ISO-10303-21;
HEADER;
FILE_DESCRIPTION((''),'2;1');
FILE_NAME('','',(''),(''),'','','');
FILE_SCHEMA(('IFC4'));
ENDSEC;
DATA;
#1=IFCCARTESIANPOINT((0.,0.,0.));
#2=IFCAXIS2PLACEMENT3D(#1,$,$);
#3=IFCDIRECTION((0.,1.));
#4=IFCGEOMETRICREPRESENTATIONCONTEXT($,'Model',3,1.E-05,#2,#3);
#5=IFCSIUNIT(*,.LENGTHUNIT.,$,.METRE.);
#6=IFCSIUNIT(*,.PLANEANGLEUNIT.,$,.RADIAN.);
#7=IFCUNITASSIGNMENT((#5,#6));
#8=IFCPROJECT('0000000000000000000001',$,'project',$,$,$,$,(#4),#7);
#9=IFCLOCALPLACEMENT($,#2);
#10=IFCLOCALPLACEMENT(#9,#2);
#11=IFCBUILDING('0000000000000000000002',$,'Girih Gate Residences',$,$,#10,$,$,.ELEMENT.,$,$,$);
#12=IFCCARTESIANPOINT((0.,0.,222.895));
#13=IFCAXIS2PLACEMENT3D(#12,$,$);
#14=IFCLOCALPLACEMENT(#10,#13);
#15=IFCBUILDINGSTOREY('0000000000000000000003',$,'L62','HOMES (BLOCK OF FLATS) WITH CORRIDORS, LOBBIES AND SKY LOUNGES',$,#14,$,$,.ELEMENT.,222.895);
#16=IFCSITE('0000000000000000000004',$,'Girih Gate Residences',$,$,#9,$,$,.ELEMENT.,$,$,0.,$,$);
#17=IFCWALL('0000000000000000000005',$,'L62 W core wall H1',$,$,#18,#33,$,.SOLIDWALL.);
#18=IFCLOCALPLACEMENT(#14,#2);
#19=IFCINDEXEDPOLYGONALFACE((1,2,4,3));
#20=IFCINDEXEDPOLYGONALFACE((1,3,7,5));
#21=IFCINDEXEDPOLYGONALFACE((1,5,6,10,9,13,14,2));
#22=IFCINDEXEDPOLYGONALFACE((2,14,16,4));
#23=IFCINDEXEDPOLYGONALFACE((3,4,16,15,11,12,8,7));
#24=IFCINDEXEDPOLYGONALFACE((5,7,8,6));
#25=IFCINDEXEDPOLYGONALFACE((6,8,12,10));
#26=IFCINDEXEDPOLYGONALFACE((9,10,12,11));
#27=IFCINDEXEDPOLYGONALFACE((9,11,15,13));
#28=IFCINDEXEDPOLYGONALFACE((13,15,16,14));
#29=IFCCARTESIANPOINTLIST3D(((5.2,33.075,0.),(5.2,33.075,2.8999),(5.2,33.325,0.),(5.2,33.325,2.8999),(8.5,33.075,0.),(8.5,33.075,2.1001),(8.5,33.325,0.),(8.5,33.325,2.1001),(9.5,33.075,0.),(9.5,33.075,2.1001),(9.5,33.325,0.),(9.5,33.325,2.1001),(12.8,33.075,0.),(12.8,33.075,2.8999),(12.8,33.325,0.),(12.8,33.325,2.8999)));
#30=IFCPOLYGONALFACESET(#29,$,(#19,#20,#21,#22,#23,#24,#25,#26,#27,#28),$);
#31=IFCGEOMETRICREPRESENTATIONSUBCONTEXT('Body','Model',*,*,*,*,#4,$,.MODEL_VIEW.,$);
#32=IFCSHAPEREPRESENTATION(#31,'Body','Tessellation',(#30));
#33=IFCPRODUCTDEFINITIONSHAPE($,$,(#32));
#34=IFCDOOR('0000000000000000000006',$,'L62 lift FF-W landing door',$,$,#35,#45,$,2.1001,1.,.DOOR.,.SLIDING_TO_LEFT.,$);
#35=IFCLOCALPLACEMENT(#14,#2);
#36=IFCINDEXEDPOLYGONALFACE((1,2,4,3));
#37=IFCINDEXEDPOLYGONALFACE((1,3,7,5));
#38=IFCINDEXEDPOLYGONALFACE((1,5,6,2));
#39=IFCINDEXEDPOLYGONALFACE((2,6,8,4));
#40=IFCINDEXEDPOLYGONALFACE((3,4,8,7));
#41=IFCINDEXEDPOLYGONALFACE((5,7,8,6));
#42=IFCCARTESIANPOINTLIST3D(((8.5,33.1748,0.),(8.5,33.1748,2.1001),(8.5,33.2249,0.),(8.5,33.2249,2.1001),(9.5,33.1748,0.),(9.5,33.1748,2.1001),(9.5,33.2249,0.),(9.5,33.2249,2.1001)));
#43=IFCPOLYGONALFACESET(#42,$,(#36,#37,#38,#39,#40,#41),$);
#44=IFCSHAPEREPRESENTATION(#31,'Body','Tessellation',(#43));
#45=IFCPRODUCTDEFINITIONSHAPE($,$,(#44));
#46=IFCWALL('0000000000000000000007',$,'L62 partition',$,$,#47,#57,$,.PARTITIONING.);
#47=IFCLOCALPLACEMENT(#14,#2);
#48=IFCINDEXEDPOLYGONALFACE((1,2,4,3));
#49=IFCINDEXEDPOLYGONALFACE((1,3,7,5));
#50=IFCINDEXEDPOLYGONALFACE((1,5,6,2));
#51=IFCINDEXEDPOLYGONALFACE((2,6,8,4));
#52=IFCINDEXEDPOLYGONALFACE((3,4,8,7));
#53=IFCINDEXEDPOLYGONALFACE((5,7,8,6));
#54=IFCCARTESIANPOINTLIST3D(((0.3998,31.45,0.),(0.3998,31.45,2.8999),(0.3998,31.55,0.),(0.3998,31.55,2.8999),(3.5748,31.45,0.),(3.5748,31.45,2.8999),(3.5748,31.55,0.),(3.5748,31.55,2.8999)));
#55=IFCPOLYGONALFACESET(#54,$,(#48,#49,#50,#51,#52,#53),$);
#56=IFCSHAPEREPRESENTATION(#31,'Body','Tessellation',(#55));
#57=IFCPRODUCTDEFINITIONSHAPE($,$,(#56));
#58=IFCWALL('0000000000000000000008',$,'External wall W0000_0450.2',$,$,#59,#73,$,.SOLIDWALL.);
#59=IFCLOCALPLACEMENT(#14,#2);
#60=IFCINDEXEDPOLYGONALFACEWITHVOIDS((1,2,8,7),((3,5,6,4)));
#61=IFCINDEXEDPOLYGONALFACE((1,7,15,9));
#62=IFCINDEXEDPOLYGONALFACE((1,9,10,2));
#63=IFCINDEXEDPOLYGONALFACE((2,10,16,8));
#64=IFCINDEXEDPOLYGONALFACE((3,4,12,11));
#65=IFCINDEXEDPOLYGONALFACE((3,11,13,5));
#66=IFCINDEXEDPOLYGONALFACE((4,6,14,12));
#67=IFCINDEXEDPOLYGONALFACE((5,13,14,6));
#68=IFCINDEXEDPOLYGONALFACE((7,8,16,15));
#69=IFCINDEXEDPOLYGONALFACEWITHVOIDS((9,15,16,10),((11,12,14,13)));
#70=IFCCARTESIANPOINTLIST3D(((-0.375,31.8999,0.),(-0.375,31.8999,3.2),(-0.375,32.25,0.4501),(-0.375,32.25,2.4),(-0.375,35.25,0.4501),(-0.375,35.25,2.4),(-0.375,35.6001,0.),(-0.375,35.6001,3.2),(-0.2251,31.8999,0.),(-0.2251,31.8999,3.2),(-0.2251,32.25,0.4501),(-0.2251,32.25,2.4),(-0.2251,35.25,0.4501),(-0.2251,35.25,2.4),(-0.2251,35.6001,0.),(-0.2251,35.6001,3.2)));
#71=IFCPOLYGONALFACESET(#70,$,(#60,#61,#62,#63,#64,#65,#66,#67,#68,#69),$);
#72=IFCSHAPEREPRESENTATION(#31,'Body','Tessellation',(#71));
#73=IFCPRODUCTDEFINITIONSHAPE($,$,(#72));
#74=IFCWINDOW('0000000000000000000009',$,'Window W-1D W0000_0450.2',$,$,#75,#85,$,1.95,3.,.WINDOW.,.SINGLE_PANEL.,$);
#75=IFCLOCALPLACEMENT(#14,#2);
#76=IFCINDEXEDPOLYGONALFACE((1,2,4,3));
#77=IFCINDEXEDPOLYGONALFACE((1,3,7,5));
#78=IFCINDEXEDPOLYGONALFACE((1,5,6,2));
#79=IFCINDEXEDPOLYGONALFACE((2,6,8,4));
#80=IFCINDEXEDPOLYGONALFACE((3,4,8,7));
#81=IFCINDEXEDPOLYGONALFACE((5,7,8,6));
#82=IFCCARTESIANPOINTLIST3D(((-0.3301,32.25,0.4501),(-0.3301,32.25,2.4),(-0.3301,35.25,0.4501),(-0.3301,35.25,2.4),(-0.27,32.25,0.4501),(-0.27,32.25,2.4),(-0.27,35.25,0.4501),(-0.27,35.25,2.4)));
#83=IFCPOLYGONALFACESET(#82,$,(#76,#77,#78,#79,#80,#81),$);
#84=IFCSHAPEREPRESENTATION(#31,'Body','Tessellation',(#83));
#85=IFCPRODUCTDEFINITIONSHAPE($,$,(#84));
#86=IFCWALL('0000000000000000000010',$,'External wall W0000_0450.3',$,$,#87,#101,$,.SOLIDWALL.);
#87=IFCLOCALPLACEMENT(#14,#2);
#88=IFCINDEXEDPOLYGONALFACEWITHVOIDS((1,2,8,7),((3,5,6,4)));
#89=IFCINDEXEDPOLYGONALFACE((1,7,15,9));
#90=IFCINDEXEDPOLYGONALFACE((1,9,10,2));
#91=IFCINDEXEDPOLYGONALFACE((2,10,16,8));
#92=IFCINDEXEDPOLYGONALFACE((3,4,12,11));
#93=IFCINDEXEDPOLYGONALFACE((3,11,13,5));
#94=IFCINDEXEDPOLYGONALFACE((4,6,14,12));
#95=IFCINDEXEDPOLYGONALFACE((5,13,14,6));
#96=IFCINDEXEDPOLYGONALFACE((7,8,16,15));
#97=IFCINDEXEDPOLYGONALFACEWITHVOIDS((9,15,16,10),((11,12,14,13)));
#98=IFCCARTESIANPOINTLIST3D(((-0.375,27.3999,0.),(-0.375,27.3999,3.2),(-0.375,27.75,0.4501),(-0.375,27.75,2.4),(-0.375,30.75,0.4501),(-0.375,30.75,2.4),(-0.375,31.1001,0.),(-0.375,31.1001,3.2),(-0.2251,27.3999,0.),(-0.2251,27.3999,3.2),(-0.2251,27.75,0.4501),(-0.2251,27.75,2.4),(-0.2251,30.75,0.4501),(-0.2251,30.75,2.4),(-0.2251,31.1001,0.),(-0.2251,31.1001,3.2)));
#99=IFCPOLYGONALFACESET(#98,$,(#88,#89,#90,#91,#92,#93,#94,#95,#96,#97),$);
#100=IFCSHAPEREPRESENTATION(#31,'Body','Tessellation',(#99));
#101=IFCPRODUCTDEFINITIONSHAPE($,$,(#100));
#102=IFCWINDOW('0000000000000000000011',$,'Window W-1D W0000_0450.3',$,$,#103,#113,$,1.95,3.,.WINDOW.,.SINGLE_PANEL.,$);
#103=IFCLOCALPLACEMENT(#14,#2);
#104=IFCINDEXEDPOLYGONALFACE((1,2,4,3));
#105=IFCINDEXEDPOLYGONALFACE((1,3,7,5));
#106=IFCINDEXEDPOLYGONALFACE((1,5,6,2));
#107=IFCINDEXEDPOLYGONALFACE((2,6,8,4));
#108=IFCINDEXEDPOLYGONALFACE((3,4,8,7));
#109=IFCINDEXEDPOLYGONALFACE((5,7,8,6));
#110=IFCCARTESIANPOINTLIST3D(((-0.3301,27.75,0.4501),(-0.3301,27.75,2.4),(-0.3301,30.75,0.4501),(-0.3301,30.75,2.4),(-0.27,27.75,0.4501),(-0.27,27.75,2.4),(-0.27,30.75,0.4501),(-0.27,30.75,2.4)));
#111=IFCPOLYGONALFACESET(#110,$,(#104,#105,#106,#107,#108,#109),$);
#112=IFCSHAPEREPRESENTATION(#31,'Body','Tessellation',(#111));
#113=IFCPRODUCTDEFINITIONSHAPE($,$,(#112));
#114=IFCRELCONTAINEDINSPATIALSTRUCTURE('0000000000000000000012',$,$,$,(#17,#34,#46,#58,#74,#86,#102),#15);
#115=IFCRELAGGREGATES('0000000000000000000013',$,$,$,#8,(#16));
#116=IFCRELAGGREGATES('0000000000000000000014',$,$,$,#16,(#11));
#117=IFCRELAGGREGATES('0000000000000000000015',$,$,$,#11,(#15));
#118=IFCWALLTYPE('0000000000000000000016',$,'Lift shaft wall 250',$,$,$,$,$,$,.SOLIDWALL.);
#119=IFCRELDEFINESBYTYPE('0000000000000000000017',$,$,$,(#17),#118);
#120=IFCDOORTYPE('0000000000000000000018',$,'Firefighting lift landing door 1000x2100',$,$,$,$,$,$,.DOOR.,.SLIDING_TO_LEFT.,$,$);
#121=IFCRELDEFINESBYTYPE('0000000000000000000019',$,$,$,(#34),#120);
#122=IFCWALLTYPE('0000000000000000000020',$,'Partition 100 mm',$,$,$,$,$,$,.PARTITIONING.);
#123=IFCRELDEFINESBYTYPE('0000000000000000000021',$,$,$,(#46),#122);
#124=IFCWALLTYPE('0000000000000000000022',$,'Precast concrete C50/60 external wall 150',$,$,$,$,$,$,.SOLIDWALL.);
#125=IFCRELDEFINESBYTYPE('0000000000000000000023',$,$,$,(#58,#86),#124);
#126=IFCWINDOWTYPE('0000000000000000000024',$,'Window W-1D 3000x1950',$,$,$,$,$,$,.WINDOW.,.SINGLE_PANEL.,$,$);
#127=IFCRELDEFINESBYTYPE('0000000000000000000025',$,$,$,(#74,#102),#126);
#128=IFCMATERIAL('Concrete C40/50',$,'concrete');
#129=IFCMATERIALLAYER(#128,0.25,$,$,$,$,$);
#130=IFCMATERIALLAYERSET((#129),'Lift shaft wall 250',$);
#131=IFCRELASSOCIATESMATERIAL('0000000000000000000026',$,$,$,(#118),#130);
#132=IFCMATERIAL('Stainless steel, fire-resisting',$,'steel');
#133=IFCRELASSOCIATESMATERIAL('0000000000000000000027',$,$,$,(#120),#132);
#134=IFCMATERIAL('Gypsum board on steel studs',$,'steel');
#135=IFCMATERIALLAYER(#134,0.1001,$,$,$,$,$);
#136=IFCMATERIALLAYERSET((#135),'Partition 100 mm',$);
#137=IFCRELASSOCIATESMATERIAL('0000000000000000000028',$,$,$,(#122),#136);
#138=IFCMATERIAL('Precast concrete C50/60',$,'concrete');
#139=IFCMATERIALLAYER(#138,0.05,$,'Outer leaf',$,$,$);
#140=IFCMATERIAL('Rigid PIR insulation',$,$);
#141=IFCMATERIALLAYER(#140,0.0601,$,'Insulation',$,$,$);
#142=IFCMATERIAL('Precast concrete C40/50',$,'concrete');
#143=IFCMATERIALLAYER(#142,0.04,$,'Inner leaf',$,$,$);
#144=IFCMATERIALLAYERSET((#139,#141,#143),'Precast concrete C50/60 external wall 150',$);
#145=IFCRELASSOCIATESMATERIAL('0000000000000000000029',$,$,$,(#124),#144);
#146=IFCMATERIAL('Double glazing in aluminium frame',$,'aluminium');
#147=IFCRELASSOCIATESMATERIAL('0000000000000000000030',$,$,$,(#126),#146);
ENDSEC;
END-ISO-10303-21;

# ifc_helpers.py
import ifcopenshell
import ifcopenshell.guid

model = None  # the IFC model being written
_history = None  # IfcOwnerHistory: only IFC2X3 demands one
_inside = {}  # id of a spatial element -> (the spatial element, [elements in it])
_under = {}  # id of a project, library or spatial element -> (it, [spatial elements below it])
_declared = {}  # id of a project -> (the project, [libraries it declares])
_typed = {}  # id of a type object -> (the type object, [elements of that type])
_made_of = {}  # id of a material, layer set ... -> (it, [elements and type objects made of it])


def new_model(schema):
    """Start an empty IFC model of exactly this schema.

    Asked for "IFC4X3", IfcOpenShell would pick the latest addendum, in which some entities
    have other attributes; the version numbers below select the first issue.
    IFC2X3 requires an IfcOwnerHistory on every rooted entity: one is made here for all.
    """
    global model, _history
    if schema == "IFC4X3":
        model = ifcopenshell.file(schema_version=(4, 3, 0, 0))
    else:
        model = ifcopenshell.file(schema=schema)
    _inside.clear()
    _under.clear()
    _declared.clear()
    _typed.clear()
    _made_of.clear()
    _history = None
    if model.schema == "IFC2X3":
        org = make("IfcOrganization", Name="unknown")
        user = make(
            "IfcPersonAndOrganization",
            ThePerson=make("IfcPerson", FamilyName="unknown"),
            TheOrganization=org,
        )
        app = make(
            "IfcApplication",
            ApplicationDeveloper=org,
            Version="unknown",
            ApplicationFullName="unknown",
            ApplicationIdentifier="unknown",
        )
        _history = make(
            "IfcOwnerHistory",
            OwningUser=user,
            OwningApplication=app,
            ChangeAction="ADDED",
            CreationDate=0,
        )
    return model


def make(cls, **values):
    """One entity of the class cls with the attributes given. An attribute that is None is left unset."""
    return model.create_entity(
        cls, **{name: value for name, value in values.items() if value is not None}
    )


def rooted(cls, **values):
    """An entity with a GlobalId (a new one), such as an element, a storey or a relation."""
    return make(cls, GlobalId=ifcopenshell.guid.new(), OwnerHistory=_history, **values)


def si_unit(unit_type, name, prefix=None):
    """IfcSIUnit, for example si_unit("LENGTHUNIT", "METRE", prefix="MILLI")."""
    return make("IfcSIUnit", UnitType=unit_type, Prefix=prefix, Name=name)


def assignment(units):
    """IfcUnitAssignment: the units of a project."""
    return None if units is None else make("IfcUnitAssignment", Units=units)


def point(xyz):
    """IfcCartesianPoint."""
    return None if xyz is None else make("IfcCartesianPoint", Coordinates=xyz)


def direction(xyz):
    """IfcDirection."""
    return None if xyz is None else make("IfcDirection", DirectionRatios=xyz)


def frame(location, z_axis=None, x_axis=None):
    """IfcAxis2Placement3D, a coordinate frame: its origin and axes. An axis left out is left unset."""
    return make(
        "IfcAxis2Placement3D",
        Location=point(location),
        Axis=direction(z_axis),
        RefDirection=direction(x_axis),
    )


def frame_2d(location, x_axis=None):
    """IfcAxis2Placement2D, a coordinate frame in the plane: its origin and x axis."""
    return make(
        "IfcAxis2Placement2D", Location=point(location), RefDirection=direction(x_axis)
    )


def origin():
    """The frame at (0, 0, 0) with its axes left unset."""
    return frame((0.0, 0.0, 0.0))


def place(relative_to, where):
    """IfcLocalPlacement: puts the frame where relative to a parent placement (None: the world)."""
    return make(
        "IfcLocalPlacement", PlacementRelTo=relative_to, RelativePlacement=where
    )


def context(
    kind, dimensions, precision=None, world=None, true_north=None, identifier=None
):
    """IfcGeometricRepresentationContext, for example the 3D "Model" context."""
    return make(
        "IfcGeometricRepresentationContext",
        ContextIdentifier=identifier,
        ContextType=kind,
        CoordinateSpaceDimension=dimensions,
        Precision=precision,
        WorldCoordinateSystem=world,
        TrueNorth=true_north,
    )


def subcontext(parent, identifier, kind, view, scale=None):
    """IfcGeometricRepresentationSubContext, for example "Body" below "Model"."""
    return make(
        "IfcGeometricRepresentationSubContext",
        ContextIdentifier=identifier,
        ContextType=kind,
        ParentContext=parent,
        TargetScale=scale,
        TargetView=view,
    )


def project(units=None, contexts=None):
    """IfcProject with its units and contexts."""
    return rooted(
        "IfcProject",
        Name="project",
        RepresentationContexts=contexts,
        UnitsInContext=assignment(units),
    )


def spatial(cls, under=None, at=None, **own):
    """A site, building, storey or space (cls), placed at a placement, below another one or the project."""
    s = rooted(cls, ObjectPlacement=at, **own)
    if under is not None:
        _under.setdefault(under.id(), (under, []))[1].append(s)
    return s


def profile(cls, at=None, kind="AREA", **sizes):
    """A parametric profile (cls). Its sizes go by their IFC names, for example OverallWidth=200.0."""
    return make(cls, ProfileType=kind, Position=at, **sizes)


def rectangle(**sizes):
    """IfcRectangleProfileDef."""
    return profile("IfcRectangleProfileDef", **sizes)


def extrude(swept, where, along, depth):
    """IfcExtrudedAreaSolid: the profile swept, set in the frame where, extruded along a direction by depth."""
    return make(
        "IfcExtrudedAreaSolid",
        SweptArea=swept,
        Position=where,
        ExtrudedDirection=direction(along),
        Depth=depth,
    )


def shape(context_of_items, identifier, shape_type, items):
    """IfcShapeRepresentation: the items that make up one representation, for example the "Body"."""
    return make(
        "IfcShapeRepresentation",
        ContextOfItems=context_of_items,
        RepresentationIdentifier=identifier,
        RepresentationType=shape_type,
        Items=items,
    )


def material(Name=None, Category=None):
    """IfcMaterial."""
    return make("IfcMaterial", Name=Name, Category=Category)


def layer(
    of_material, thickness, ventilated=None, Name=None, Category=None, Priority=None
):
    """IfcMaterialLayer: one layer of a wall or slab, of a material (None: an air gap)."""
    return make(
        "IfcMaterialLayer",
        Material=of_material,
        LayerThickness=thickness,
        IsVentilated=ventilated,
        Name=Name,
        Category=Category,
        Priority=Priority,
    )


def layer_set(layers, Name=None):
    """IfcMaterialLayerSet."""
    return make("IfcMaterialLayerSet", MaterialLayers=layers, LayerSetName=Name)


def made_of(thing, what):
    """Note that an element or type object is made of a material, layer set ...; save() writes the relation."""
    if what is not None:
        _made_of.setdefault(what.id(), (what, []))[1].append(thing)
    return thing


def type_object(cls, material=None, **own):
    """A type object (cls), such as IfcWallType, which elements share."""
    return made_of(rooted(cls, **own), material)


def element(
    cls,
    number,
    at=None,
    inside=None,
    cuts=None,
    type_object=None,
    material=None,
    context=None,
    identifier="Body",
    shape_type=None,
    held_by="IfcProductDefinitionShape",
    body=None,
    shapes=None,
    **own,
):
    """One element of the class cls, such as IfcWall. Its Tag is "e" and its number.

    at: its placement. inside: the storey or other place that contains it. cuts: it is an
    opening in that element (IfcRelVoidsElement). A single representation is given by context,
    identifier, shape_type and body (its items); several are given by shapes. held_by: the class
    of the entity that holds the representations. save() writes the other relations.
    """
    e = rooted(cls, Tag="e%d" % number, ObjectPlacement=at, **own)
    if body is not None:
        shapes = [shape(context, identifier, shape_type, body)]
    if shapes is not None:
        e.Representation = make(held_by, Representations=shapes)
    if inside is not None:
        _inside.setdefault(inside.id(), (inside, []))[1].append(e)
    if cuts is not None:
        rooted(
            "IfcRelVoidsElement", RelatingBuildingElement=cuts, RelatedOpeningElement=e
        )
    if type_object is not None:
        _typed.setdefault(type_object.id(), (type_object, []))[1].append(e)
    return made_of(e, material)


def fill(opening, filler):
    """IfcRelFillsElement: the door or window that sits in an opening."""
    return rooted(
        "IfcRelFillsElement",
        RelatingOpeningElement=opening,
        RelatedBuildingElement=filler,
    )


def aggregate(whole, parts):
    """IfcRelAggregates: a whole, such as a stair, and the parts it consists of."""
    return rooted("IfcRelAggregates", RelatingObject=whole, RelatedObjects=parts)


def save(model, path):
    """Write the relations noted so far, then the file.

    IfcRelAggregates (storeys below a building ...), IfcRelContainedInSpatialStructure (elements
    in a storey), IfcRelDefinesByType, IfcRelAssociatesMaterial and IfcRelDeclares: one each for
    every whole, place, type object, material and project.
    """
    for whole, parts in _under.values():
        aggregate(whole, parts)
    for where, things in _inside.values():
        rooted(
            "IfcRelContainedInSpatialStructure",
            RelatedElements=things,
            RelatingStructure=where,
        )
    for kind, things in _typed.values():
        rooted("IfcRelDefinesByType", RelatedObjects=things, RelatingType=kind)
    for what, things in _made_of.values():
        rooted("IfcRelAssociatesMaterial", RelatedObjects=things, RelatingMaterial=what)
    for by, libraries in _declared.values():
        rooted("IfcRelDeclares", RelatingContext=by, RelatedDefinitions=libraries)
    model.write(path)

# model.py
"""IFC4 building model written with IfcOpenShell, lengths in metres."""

from ifc_helpers import new_model, si_unit, direction, frame, frame_2d, origin, place, context, subcontext, project, spatial, rectangle, extrude, material, layer, layer_set, type_object, element, fill, save


model = new_model("IFC4")

# Units and contexts
model_context = context("Model", 3, precision=1e-05, world=origin(), true_north=direction((0.0, 1.0)))
body_context = subcontext(model_context, "Body", "Model", "MODEL_VIEW")
ifc_project = project(units=[si_unit("LENGTHUNIT", "METRE"), si_unit("PLANEANGLEUNIT", "RADIAN")], contexts=[model_context])

# Site, building, storey
site_placement = place(None, origin())
site = spatial("IfcSite", under=ifc_project, at=site_placement, Name="Girih Gate Residences", CompositionType="ELEMENT", RefElevation=0.0)
building_placement = place(site_placement, origin())
building = spatial("IfcBuilding", under=site, at=building_placement, Name="Girih Gate Residences", CompositionType="ELEMENT")
storey_placement = place(building_placement, frame((0.0, 0.0, 222.895)))
storey = spatial("IfcBuildingStorey", under=building, at=storey_placement, Name="L62", Description="HOMES (BLOCK OF FLATS) WITH CORRIDORS, LOBBIES AND SKY LOUNGES", CompositionType="ELEMENT", Elevation=222.895)

# Shared definitions
ifc_material_1 = material(Name="Gypsum board on steel studs", Category="steel")

# Wall, opening, door
ifc_material_2 = material(Name="Concrete C40/50", Category="concrete")
ifc_layer_1 = layer(ifc_material_2, 0.25)
ifc_layer_set_1 = layer_set([ifc_layer_1], Name="Lift shaft wall 250")
wall_type_1 = type_object("IfcWallType", Name="Lift shaft wall 250", PredefinedType="SOLIDWALL", material=ifc_layer_set_1)
wall_1_placement = place(storey_placement, frame((5.2, 33.2, 0.0), z_axis=(0.0, 0.0, 1.0), x_axis=(1.0, 0.0, 0.0)))
wall_1 = element("IfcWall", 1, at=wall_1_placement, inside=storey, type_object=wall_type_1, Name="L62 W core wall H1", PredefinedType="SOLIDWALL", context=body_context, shape_type="SweptSolid", body=[
    extrude(rectangle(XDim=7.6001, YDim=0.25, at=frame_2d((3.8, 0.0))), origin(), (0.0, 0.0, 1.0), 2.8999),
])
opening_1_placement = place(wall_1_placement, frame((3.3, 0.0, 0.0)))
opening_1 = element("IfcOpeningElement", 2, at=opening_1_placement, cuts=wall_1, PredefinedType="OPENING", context=body_context, shape_type="SweptSolid", body=[
    extrude(rectangle(XDim=1.0, YDim=2.1001, at=frame_2d((0.5, 1.05))), frame((0.0, 0.135, 0.0), z_axis=(0.0, -1.0, 0.0), x_axis=(1.0, 0.0, 0.0)), (0.0, 0.0, 1.0), 0.27),
])
ifc_material_3 = material(Name="Stainless steel, fire-resisting", Category="steel")
door_type_1 = type_object("IfcDoorType", Name="Firefighting lift landing door 1000x2100", OperationType="SLIDING_TO_LEFT", PredefinedType="DOOR", material=ifc_material_3)
door_1_placement = place(opening_1_placement, origin())
door_1 = element("IfcDoor", 3, at=door_1_placement, inside=storey, type_object=door_type_1, Name="L62 lift FF-W landing door", OperationType="SLIDING_TO_LEFT", OverallHeight=2.1001, OverallWidth=1.0, PredefinedType="DOOR", context=body_context, shape_type="SweptSolid", body=[
    extrude(rectangle(XDim=1.0, YDim=2.1001, at=frame_2d((0.5, 1.05))), frame((0.0, 0.0249, 0.0), z_axis=(0.0, -1.0, 0.0), x_axis=(1.0, 0.0, 0.0)), (0.0, 0.0, 1.0), 0.05),
])
fill(opening_1, door_1)

# Wall
ifc_layer_2 = layer(ifc_material_1, 0.1001)
ifc_layer_set_2 = layer_set([ifc_layer_2], Name="Partition 100 mm")
wall_type_2 = type_object("IfcWallType", Name="Partition 100 mm", PredefinedType="PARTITIONING", material=ifc_layer_set_2)
wall_2_placement = place(storey_placement, frame((0.3999, 31.5, 0.0), z_axis=(0.0, 0.0, 1.0), x_axis=(1.0, 0.0, 0.0)))
element("IfcWall", 4, at=wall_2_placement, inside=storey, type_object=wall_type_2, Name="L62 partition", PredefinedType="PARTITIONING", context=body_context, shape_type="SweptSolid", body=[
    extrude(rectangle(XDim=3.175, YDim=0.1001, at=frame_2d((1.5874, 0.0))), origin(), (0.0, 0.0, 1.0), 2.8999),
])

# Walls, openings, windows
ifc_material_4 = material(Name="Precast concrete C50/60", Category="concrete")
ifc_layer_3 = layer(ifc_material_4, 0.05, Name="Outer leaf")
ifc_material_5 = material(Name="Rigid PIR insulation")
ifc_layer_4 = layer(ifc_material_5, 0.0601, Name="Insulation")
ifc_material_6 = material(Name="Precast concrete C40/50", Category="concrete")
ifc_layer_5 = layer(ifc_material_6, 0.04, Name="Inner leaf")
ifc_layer_set_3 = layer_set([ifc_layer_3, ifc_layer_4, ifc_layer_5], Name="Precast concrete C50/60 external wall 150")
wall_type_3 = type_object("IfcWallType", Name="Precast concrete C50/60 external wall 150", PredefinedType="SOLIDWALL", material=ifc_layer_set_3)
wall_3_placement = place(storey_placement, frame((-0.3, 31.8999, 0.0), z_axis=(0.0, 0.0, 1.0), x_axis=(0.0, 1.0, 0.0)))
wall_3 = element("IfcWall", 5, at=wall_3_placement, inside=storey, type_object=wall_type_3, Name="External wall W0000_0450.2", PredefinedType="SOLIDWALL", context=body_context, shape_type="SweptSolid", body=[
    extrude(rectangle(XDim=3.7002, YDim=0.1499, at=frame_2d((1.8501, 0.0))), origin(), (0.0, 0.0, 1.0), 3.2),
])
opening_2_placement = place(wall_3_placement, frame((0.3501, 0.0, 0.45)))
opening_2 = element("IfcOpeningElement", 6, at=opening_2_placement, cuts=wall_3, PredefinedType="OPENING", context=body_context, shape_type="SweptSolid", body=[
    extrude(rectangle(XDim=3.0, YDim=1.95, at=frame_2d((1.5, 0.9751))), frame((0.0, 0.085, 0.0), z_axis=(0.0, -1.0, 0.0), x_axis=(1.0, 0.0, 0.0)), (0.0, 0.0, 1.0), 0.1699),
])
ifc_material_7 = material(Name="Double glazing in aluminium frame", Category="aluminium")
window_type = type_object("IfcWindowType", Name="Window W-1D 3000x1950", PartitioningType="SINGLE_PANEL", PredefinedType="WINDOW", material=ifc_material_7)
window_1_placement = place(opening_2_placement, origin())
window_1 = element("IfcWindow", 7, at=window_1_placement, inside=storey, type_object=window_type, Name="Window W-1D W0000_0450.2", OverallHeight=1.95, OverallWidth=3.0, PartitioningType="SINGLE_PANEL", PredefinedType="WINDOW", context=body_context, shape_type="SweptSolid", body=[
    extrude(rectangle(XDim=3.0, YDim=1.95, at=frame_2d((1.5, 0.9751))), frame((0.0, 0.03, 0.0), z_axis=(0.0, -1.0, 0.0), x_axis=(1.0, 0.0, 0.0)), (0.0, 0.0, 1.0), 0.0601),
])
fill(opening_2, window_1)
wall_4_placement = place(storey_placement, frame((-0.3, 27.3999, 0.0), z_axis=(0.0, 0.0, 1.0), x_axis=(0.0, 1.0, 0.0)))
wall_4 = element("IfcWall", 8, at=wall_4_placement, inside=storey, type_object=wall_type_3, Name="External wall W0000_0450.3", PredefinedType="SOLIDWALL", context=body_context, shape_type="SweptSolid", body=[
    extrude(rectangle(XDim=3.7002, YDim=0.1499, at=frame_2d((1.8501, 0.0))), origin(), (0.0, 0.0, 1.0), 3.2),
])
opening_3_placement = place(wall_4_placement, frame((0.3501, 0.0, 0.45)))
opening_3 = element("IfcOpeningElement", 9, at=opening_3_placement, cuts=wall_4, PredefinedType="OPENING", context=body_context, shape_type="SweptSolid", body=[
    extrude(rectangle(XDim=3.0, YDim=1.95, at=frame_2d((1.5, 0.9751))), frame((0.0, 0.085, 0.0), z_axis=(0.0, -1.0, 0.0), x_axis=(1.0, 0.0, 0.0)), (0.0, 0.0, 1.0), 0.1699),
])
window_2_placement = place(opening_3_placement, origin())
window_2 = element("IfcWindow", 10, at=window_2_placement, inside=storey, type_object=window_type, Name="Window W-1D W0000_0450.3", OverallHeight=1.95, OverallWidth=3.0, PartitioningType="SINGLE_PANEL", PredefinedType="WINDOW", context=body_context, shape_type="SweptSolid", body=[
    extrude(rectangle(XDim=3.0, YDim=1.95, at=frame_2d((1.5, 0.9751))), frame((0.0, 0.03, 0.0), z_axis=(0.0, -1.0, 0.0), x_axis=(1.0, 0.0, 0.0)), (0.0, 0.0, 1.0), 0.0601),
])
fill(opening_3, window_2)

save(model, "model.ifc")
